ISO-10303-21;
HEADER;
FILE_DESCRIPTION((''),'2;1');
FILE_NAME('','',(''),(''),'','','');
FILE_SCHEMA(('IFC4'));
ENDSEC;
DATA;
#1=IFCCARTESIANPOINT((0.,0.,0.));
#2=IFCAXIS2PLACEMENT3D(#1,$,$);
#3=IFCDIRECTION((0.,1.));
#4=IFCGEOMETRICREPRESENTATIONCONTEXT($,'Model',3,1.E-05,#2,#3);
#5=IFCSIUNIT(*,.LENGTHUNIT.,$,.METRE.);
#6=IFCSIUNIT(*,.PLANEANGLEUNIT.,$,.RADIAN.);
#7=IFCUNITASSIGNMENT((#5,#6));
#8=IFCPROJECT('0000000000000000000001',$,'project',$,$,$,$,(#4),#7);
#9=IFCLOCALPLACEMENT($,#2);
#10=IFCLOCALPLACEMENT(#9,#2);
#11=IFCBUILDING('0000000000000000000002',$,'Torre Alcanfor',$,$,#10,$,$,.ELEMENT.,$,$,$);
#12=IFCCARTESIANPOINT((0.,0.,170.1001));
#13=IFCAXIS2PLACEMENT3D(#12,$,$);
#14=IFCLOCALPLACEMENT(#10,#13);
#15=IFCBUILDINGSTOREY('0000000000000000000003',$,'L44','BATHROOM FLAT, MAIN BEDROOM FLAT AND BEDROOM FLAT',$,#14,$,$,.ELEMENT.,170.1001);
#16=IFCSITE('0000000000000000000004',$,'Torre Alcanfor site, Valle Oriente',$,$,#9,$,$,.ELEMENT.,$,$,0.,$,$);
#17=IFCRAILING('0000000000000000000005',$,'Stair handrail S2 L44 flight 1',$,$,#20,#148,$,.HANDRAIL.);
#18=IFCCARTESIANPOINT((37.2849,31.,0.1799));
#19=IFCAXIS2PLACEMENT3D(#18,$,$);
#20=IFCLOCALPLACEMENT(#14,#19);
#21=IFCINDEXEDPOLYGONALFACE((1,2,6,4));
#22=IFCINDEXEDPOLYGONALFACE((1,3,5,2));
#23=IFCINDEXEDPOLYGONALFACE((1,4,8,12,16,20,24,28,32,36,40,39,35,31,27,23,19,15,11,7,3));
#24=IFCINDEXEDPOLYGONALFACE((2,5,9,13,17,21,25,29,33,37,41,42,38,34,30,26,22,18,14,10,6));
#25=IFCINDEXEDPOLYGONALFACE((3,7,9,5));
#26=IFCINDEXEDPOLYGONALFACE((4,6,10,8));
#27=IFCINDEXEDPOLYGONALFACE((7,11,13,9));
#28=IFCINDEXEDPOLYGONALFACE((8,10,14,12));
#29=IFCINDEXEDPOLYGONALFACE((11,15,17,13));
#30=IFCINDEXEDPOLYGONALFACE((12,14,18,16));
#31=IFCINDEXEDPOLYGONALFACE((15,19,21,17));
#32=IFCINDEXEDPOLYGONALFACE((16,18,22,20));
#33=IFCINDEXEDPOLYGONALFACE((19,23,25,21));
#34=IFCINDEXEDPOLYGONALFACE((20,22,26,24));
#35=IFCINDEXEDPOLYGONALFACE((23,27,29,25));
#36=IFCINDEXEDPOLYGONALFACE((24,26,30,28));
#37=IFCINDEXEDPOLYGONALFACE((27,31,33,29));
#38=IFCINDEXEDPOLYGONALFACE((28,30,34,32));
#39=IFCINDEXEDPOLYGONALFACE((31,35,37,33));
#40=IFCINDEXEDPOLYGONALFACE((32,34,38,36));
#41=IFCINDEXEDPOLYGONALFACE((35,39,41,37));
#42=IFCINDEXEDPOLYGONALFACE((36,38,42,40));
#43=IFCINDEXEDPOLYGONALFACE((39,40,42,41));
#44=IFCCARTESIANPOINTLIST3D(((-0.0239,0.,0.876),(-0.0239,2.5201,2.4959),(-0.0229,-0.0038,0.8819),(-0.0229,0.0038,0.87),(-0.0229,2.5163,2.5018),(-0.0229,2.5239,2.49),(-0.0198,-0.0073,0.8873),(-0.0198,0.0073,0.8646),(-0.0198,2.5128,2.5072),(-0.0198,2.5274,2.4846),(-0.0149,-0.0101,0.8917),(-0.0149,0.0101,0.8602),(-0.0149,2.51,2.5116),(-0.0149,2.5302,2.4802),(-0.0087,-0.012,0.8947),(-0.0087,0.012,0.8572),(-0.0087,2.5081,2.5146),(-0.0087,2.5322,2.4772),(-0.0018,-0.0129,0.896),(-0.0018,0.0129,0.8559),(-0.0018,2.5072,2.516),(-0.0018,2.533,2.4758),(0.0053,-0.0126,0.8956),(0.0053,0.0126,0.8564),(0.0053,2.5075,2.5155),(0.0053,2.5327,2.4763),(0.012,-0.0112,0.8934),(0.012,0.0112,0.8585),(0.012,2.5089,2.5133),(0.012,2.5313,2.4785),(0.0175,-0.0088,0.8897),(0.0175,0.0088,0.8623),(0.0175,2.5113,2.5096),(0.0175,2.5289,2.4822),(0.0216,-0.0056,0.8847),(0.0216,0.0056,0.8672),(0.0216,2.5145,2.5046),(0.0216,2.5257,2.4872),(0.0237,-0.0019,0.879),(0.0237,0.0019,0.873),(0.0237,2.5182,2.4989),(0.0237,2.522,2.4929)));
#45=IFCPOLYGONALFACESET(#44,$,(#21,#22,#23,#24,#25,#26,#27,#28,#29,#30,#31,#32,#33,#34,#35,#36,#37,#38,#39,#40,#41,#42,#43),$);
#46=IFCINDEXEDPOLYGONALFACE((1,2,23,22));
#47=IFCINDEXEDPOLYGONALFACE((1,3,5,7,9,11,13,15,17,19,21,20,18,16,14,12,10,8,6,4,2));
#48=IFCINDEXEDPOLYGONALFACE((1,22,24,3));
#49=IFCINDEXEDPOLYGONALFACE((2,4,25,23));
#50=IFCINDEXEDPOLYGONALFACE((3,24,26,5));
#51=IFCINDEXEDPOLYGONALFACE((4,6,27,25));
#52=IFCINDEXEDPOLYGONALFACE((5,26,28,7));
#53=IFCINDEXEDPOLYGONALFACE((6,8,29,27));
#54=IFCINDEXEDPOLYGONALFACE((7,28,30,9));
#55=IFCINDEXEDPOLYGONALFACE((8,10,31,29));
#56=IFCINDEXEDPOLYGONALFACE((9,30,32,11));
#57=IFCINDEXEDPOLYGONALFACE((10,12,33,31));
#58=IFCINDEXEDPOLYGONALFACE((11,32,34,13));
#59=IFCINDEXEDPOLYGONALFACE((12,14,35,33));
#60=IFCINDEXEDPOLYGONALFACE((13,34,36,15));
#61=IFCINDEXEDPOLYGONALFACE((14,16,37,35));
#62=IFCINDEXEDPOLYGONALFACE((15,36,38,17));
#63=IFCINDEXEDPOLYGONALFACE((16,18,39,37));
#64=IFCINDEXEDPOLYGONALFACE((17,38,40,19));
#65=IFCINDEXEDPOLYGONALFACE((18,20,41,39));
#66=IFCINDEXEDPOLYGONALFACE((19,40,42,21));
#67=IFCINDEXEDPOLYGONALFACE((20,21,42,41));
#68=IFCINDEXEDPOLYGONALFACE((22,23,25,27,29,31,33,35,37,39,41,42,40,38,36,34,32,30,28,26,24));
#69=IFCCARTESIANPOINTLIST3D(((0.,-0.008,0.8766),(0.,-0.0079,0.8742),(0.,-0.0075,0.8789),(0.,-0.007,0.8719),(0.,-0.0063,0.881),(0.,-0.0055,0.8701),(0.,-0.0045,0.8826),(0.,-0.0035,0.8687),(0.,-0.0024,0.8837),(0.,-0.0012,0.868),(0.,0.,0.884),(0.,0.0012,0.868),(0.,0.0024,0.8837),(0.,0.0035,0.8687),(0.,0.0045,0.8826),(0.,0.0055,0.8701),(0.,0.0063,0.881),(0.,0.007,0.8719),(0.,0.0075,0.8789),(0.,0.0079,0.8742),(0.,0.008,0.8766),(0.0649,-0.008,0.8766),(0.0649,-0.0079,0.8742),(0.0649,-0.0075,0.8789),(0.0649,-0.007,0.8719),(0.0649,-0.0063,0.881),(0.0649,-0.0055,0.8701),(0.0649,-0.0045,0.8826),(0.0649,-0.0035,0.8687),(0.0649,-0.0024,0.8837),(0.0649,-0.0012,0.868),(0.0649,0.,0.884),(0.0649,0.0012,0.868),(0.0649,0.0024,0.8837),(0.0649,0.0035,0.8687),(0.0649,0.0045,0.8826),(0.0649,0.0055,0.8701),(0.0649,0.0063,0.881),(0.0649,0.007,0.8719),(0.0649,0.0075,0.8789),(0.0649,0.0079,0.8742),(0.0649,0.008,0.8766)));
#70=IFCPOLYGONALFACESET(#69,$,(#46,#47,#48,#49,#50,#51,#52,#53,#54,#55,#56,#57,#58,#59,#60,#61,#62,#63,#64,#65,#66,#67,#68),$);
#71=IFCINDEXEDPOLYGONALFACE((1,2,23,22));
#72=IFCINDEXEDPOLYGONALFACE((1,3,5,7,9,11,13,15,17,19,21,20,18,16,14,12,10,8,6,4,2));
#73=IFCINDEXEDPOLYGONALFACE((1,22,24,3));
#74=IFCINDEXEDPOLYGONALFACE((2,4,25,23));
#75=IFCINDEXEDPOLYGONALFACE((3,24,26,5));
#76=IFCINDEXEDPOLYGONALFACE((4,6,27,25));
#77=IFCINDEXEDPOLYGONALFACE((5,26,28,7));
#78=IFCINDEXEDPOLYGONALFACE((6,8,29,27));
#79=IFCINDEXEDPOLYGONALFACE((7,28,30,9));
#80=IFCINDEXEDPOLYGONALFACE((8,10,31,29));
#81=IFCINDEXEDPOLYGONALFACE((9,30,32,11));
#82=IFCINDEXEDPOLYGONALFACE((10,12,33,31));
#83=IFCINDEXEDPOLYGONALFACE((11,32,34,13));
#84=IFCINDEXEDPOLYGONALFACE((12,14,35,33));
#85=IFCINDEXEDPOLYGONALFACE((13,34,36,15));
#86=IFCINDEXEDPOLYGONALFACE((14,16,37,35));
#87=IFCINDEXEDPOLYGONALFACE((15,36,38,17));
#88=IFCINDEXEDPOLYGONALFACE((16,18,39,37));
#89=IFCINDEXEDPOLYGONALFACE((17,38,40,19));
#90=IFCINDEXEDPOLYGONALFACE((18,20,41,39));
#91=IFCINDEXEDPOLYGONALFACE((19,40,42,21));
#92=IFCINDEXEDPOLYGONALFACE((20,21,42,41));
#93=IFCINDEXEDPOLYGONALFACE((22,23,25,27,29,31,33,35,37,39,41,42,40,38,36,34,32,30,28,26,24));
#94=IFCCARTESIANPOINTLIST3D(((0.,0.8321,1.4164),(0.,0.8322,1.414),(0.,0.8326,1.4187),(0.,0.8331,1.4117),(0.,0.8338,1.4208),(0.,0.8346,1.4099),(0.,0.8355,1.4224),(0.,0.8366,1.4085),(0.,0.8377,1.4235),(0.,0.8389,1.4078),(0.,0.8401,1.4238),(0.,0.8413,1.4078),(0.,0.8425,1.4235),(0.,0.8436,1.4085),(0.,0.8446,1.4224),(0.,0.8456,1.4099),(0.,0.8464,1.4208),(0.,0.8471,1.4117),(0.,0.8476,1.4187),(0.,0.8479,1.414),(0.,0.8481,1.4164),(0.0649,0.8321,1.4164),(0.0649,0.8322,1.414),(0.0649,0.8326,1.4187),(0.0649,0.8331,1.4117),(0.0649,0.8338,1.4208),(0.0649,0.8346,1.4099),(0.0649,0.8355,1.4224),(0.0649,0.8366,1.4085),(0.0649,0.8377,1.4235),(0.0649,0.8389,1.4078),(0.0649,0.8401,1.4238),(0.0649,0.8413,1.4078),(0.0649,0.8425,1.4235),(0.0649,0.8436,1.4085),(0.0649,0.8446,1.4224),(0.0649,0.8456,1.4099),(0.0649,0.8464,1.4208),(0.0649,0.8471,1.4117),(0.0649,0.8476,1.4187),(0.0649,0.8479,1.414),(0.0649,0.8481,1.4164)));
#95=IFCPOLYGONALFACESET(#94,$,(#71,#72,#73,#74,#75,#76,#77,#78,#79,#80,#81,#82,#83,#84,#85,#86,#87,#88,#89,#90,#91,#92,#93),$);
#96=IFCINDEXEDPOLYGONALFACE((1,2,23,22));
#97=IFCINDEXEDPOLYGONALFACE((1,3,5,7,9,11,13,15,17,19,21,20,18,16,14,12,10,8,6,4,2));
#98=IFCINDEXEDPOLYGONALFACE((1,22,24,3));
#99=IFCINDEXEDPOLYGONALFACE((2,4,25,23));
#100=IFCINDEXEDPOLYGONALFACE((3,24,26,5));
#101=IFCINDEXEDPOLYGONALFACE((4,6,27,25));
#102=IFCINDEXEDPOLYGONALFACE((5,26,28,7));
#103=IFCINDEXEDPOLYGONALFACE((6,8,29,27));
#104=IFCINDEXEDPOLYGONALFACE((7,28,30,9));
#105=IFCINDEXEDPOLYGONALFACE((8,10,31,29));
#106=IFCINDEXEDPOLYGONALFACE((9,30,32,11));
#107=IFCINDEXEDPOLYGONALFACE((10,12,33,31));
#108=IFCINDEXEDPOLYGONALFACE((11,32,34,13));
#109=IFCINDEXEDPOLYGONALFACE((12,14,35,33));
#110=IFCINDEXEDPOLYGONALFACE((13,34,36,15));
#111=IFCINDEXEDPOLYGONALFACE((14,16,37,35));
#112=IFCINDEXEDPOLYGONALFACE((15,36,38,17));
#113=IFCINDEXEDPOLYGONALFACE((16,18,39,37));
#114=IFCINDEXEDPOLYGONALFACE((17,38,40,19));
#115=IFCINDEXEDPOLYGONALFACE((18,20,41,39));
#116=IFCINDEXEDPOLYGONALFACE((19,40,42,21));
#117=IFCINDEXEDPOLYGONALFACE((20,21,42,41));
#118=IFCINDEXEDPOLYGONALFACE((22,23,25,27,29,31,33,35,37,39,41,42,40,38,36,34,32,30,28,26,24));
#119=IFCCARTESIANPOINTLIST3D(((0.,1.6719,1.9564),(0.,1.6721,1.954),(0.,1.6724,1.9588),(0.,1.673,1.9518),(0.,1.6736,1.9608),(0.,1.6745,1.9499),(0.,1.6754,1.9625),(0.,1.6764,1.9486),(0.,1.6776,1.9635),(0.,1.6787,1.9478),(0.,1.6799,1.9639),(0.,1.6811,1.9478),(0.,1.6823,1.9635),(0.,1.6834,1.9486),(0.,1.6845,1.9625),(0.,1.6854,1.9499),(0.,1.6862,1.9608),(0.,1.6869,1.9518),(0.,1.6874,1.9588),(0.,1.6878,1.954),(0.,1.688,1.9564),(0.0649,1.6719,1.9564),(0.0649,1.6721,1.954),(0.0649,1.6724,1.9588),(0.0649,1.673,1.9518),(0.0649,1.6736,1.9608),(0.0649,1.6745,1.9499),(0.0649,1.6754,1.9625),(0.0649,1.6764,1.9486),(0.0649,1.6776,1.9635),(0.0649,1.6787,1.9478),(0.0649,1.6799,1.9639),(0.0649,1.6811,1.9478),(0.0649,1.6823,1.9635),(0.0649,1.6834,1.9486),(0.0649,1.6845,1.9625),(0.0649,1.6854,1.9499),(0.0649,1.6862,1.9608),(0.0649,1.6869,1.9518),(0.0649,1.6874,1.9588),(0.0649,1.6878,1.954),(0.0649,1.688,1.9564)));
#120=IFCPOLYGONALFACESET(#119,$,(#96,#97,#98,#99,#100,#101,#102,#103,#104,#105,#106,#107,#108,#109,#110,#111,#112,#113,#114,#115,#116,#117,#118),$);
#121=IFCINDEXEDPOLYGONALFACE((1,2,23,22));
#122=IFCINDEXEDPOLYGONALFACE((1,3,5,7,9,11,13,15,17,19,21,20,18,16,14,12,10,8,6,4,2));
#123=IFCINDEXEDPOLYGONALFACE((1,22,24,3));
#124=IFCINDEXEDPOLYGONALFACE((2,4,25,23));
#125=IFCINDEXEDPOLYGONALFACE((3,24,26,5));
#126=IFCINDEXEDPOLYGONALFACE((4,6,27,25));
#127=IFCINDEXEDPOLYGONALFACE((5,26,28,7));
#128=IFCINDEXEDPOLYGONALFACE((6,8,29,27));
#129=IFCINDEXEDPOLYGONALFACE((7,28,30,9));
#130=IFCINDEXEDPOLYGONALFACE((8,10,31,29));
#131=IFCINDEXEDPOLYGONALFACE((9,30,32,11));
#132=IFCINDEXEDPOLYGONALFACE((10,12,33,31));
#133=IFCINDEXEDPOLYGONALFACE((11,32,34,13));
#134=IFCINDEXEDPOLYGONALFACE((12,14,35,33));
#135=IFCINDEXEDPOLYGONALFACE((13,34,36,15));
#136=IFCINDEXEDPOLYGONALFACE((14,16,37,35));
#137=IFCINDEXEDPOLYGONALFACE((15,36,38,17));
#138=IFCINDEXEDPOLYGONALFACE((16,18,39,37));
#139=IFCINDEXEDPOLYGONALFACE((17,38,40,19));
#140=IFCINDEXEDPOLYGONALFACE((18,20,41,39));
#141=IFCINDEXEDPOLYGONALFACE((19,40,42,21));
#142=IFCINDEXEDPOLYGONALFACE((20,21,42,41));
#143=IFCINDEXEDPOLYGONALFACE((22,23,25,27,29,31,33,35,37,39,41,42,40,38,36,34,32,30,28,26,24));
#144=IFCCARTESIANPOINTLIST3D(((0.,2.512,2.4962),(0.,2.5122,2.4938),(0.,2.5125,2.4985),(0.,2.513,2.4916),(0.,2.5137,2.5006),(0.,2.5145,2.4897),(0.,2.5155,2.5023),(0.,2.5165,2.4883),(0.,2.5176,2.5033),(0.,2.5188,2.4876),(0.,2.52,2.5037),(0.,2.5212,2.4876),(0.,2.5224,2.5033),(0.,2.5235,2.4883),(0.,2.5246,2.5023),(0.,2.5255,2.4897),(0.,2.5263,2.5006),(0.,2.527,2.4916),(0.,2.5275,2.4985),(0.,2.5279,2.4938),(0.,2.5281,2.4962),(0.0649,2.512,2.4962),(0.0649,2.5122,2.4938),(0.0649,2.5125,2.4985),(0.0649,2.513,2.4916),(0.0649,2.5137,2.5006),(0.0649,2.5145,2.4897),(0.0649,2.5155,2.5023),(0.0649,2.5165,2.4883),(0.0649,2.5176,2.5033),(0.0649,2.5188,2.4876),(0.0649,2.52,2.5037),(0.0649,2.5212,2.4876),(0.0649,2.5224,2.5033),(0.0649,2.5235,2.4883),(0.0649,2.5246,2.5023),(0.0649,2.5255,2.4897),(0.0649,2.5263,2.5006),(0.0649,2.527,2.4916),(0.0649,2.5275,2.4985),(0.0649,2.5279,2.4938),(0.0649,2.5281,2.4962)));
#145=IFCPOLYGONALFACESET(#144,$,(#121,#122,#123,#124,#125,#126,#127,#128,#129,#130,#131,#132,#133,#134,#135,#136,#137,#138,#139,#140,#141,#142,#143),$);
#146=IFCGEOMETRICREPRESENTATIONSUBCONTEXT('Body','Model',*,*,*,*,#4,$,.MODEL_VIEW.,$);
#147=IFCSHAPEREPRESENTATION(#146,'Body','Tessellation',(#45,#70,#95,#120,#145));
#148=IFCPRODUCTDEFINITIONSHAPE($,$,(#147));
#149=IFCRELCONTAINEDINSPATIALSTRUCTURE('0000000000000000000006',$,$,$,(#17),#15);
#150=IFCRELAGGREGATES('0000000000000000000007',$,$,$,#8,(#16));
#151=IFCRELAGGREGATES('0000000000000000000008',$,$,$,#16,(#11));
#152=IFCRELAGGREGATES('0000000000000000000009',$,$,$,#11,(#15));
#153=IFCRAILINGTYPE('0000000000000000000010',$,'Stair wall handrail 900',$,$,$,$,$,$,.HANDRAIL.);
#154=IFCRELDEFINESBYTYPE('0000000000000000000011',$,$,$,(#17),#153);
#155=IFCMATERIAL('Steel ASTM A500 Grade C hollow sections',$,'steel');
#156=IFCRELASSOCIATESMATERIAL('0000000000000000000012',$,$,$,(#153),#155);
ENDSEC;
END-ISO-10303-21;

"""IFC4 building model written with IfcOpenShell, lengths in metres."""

from ifc_helpers import new_model, si_unit, direction, frame, origin, origin_2d, place, context, subcontext, project, spatial, circle, extrude, material, type_object, element, save


model = new_model("IFC4")

# Units and contexts
model_context = context("Model", 3, precision=1e-05, world=origin(), true_north=direction((0.0, 1.0)))
body_context = subcontext(model_context, "Body", "Model", "MODEL_VIEW")
ifc_project = project(units=[si_unit("LENGTHUNIT", "METRE"), si_unit("PLANEANGLEUNIT", "RADIAN")], contexts=[model_context])

# Site, building, storey
site_placement = place(None, origin())
site = spatial("IfcSite", under=ifc_project, at=site_placement, Name="Torre Alcanfor site, Valle Oriente", CompositionType="ELEMENT", RefElevation=0.0)
building_placement = place(site_placement, origin())
building = spatial("IfcBuilding", under=site, at=building_placement, Name="Torre Alcanfor", CompositionType="ELEMENT")
storey_placement = place(building_placement, frame((0.0, 0.0, 170.1001)))
storey = spatial("IfcBuildingStorey", under=building, at=storey_placement, Name="L44", Description="BATHROOM FLAT, MAIN BEDROOM FLAT AND BEDROOM FLAT", CompositionType="ELEMENT", Elevation=170.1001)

# Railing
ifc_material_1 = material(Name="Steel ASTM A500 Grade C hollow sections", Category="steel")
railing_type_1 = type_object("IfcRailingType", Name="Stair wall handrail 900", PredefinedType="HANDRAIL", material=ifc_material_1)
railing_1_placement = place(storey_placement, frame((37.2849, 31.0, 0.1799)))
element("IfcRailing", 1, at=railing_1_placement, inside=storey, type_object=railing_type_1, Name="Stair handrail S2 L44 flight 1", PredefinedType="HANDRAIL", context=body_context, shape_type="SweptSolid", body=[
    extrude(circle(Radius=0.0239, at=origin_2d()), frame((0.0, 0.0, 0.876), z_axis=(0.0, 0.8412, 0.540725), x_axis=(-1.0, 0.0, 0.0)), (0.0, 0.0, 1.0), 2.9958),
    extrude(circle(Radius=0.0081, at=origin_2d()), frame((0.0, 0.0, 0.876), z_axis=(1.0, 0.0, 0.0), x_axis=(0.0, 0.0, 1.0)), (0.0, 0.0, 1.0), 0.0649),
    extrude(circle(Radius=0.0081, at=origin_2d()), frame((0.0, 0.8401, 1.4158), z_axis=(1.0, 0.0, 0.0), x_axis=(0.0, 0.0, 1.0)), (0.0, 0.0, 1.0), 0.0649),
    extrude(circle(Radius=0.0081, at=origin_2d()), frame((0.0, 1.6799, 1.9558), z_axis=(1.0, 0.0, 0.0), x_axis=(0.0, 0.0, 1.0)), (0.0, 0.0, 1.0), 0.0649),
    extrude(circle(Radius=0.0081, at=origin_2d()), frame((0.0, 2.52, 2.4956), z_axis=(1.0, 0.0, 0.0), x_axis=(0.0, 0.0, 1.0)), (0.0, 0.0, 1.0), 0.0649),
])

save(model, "model.ifc")
